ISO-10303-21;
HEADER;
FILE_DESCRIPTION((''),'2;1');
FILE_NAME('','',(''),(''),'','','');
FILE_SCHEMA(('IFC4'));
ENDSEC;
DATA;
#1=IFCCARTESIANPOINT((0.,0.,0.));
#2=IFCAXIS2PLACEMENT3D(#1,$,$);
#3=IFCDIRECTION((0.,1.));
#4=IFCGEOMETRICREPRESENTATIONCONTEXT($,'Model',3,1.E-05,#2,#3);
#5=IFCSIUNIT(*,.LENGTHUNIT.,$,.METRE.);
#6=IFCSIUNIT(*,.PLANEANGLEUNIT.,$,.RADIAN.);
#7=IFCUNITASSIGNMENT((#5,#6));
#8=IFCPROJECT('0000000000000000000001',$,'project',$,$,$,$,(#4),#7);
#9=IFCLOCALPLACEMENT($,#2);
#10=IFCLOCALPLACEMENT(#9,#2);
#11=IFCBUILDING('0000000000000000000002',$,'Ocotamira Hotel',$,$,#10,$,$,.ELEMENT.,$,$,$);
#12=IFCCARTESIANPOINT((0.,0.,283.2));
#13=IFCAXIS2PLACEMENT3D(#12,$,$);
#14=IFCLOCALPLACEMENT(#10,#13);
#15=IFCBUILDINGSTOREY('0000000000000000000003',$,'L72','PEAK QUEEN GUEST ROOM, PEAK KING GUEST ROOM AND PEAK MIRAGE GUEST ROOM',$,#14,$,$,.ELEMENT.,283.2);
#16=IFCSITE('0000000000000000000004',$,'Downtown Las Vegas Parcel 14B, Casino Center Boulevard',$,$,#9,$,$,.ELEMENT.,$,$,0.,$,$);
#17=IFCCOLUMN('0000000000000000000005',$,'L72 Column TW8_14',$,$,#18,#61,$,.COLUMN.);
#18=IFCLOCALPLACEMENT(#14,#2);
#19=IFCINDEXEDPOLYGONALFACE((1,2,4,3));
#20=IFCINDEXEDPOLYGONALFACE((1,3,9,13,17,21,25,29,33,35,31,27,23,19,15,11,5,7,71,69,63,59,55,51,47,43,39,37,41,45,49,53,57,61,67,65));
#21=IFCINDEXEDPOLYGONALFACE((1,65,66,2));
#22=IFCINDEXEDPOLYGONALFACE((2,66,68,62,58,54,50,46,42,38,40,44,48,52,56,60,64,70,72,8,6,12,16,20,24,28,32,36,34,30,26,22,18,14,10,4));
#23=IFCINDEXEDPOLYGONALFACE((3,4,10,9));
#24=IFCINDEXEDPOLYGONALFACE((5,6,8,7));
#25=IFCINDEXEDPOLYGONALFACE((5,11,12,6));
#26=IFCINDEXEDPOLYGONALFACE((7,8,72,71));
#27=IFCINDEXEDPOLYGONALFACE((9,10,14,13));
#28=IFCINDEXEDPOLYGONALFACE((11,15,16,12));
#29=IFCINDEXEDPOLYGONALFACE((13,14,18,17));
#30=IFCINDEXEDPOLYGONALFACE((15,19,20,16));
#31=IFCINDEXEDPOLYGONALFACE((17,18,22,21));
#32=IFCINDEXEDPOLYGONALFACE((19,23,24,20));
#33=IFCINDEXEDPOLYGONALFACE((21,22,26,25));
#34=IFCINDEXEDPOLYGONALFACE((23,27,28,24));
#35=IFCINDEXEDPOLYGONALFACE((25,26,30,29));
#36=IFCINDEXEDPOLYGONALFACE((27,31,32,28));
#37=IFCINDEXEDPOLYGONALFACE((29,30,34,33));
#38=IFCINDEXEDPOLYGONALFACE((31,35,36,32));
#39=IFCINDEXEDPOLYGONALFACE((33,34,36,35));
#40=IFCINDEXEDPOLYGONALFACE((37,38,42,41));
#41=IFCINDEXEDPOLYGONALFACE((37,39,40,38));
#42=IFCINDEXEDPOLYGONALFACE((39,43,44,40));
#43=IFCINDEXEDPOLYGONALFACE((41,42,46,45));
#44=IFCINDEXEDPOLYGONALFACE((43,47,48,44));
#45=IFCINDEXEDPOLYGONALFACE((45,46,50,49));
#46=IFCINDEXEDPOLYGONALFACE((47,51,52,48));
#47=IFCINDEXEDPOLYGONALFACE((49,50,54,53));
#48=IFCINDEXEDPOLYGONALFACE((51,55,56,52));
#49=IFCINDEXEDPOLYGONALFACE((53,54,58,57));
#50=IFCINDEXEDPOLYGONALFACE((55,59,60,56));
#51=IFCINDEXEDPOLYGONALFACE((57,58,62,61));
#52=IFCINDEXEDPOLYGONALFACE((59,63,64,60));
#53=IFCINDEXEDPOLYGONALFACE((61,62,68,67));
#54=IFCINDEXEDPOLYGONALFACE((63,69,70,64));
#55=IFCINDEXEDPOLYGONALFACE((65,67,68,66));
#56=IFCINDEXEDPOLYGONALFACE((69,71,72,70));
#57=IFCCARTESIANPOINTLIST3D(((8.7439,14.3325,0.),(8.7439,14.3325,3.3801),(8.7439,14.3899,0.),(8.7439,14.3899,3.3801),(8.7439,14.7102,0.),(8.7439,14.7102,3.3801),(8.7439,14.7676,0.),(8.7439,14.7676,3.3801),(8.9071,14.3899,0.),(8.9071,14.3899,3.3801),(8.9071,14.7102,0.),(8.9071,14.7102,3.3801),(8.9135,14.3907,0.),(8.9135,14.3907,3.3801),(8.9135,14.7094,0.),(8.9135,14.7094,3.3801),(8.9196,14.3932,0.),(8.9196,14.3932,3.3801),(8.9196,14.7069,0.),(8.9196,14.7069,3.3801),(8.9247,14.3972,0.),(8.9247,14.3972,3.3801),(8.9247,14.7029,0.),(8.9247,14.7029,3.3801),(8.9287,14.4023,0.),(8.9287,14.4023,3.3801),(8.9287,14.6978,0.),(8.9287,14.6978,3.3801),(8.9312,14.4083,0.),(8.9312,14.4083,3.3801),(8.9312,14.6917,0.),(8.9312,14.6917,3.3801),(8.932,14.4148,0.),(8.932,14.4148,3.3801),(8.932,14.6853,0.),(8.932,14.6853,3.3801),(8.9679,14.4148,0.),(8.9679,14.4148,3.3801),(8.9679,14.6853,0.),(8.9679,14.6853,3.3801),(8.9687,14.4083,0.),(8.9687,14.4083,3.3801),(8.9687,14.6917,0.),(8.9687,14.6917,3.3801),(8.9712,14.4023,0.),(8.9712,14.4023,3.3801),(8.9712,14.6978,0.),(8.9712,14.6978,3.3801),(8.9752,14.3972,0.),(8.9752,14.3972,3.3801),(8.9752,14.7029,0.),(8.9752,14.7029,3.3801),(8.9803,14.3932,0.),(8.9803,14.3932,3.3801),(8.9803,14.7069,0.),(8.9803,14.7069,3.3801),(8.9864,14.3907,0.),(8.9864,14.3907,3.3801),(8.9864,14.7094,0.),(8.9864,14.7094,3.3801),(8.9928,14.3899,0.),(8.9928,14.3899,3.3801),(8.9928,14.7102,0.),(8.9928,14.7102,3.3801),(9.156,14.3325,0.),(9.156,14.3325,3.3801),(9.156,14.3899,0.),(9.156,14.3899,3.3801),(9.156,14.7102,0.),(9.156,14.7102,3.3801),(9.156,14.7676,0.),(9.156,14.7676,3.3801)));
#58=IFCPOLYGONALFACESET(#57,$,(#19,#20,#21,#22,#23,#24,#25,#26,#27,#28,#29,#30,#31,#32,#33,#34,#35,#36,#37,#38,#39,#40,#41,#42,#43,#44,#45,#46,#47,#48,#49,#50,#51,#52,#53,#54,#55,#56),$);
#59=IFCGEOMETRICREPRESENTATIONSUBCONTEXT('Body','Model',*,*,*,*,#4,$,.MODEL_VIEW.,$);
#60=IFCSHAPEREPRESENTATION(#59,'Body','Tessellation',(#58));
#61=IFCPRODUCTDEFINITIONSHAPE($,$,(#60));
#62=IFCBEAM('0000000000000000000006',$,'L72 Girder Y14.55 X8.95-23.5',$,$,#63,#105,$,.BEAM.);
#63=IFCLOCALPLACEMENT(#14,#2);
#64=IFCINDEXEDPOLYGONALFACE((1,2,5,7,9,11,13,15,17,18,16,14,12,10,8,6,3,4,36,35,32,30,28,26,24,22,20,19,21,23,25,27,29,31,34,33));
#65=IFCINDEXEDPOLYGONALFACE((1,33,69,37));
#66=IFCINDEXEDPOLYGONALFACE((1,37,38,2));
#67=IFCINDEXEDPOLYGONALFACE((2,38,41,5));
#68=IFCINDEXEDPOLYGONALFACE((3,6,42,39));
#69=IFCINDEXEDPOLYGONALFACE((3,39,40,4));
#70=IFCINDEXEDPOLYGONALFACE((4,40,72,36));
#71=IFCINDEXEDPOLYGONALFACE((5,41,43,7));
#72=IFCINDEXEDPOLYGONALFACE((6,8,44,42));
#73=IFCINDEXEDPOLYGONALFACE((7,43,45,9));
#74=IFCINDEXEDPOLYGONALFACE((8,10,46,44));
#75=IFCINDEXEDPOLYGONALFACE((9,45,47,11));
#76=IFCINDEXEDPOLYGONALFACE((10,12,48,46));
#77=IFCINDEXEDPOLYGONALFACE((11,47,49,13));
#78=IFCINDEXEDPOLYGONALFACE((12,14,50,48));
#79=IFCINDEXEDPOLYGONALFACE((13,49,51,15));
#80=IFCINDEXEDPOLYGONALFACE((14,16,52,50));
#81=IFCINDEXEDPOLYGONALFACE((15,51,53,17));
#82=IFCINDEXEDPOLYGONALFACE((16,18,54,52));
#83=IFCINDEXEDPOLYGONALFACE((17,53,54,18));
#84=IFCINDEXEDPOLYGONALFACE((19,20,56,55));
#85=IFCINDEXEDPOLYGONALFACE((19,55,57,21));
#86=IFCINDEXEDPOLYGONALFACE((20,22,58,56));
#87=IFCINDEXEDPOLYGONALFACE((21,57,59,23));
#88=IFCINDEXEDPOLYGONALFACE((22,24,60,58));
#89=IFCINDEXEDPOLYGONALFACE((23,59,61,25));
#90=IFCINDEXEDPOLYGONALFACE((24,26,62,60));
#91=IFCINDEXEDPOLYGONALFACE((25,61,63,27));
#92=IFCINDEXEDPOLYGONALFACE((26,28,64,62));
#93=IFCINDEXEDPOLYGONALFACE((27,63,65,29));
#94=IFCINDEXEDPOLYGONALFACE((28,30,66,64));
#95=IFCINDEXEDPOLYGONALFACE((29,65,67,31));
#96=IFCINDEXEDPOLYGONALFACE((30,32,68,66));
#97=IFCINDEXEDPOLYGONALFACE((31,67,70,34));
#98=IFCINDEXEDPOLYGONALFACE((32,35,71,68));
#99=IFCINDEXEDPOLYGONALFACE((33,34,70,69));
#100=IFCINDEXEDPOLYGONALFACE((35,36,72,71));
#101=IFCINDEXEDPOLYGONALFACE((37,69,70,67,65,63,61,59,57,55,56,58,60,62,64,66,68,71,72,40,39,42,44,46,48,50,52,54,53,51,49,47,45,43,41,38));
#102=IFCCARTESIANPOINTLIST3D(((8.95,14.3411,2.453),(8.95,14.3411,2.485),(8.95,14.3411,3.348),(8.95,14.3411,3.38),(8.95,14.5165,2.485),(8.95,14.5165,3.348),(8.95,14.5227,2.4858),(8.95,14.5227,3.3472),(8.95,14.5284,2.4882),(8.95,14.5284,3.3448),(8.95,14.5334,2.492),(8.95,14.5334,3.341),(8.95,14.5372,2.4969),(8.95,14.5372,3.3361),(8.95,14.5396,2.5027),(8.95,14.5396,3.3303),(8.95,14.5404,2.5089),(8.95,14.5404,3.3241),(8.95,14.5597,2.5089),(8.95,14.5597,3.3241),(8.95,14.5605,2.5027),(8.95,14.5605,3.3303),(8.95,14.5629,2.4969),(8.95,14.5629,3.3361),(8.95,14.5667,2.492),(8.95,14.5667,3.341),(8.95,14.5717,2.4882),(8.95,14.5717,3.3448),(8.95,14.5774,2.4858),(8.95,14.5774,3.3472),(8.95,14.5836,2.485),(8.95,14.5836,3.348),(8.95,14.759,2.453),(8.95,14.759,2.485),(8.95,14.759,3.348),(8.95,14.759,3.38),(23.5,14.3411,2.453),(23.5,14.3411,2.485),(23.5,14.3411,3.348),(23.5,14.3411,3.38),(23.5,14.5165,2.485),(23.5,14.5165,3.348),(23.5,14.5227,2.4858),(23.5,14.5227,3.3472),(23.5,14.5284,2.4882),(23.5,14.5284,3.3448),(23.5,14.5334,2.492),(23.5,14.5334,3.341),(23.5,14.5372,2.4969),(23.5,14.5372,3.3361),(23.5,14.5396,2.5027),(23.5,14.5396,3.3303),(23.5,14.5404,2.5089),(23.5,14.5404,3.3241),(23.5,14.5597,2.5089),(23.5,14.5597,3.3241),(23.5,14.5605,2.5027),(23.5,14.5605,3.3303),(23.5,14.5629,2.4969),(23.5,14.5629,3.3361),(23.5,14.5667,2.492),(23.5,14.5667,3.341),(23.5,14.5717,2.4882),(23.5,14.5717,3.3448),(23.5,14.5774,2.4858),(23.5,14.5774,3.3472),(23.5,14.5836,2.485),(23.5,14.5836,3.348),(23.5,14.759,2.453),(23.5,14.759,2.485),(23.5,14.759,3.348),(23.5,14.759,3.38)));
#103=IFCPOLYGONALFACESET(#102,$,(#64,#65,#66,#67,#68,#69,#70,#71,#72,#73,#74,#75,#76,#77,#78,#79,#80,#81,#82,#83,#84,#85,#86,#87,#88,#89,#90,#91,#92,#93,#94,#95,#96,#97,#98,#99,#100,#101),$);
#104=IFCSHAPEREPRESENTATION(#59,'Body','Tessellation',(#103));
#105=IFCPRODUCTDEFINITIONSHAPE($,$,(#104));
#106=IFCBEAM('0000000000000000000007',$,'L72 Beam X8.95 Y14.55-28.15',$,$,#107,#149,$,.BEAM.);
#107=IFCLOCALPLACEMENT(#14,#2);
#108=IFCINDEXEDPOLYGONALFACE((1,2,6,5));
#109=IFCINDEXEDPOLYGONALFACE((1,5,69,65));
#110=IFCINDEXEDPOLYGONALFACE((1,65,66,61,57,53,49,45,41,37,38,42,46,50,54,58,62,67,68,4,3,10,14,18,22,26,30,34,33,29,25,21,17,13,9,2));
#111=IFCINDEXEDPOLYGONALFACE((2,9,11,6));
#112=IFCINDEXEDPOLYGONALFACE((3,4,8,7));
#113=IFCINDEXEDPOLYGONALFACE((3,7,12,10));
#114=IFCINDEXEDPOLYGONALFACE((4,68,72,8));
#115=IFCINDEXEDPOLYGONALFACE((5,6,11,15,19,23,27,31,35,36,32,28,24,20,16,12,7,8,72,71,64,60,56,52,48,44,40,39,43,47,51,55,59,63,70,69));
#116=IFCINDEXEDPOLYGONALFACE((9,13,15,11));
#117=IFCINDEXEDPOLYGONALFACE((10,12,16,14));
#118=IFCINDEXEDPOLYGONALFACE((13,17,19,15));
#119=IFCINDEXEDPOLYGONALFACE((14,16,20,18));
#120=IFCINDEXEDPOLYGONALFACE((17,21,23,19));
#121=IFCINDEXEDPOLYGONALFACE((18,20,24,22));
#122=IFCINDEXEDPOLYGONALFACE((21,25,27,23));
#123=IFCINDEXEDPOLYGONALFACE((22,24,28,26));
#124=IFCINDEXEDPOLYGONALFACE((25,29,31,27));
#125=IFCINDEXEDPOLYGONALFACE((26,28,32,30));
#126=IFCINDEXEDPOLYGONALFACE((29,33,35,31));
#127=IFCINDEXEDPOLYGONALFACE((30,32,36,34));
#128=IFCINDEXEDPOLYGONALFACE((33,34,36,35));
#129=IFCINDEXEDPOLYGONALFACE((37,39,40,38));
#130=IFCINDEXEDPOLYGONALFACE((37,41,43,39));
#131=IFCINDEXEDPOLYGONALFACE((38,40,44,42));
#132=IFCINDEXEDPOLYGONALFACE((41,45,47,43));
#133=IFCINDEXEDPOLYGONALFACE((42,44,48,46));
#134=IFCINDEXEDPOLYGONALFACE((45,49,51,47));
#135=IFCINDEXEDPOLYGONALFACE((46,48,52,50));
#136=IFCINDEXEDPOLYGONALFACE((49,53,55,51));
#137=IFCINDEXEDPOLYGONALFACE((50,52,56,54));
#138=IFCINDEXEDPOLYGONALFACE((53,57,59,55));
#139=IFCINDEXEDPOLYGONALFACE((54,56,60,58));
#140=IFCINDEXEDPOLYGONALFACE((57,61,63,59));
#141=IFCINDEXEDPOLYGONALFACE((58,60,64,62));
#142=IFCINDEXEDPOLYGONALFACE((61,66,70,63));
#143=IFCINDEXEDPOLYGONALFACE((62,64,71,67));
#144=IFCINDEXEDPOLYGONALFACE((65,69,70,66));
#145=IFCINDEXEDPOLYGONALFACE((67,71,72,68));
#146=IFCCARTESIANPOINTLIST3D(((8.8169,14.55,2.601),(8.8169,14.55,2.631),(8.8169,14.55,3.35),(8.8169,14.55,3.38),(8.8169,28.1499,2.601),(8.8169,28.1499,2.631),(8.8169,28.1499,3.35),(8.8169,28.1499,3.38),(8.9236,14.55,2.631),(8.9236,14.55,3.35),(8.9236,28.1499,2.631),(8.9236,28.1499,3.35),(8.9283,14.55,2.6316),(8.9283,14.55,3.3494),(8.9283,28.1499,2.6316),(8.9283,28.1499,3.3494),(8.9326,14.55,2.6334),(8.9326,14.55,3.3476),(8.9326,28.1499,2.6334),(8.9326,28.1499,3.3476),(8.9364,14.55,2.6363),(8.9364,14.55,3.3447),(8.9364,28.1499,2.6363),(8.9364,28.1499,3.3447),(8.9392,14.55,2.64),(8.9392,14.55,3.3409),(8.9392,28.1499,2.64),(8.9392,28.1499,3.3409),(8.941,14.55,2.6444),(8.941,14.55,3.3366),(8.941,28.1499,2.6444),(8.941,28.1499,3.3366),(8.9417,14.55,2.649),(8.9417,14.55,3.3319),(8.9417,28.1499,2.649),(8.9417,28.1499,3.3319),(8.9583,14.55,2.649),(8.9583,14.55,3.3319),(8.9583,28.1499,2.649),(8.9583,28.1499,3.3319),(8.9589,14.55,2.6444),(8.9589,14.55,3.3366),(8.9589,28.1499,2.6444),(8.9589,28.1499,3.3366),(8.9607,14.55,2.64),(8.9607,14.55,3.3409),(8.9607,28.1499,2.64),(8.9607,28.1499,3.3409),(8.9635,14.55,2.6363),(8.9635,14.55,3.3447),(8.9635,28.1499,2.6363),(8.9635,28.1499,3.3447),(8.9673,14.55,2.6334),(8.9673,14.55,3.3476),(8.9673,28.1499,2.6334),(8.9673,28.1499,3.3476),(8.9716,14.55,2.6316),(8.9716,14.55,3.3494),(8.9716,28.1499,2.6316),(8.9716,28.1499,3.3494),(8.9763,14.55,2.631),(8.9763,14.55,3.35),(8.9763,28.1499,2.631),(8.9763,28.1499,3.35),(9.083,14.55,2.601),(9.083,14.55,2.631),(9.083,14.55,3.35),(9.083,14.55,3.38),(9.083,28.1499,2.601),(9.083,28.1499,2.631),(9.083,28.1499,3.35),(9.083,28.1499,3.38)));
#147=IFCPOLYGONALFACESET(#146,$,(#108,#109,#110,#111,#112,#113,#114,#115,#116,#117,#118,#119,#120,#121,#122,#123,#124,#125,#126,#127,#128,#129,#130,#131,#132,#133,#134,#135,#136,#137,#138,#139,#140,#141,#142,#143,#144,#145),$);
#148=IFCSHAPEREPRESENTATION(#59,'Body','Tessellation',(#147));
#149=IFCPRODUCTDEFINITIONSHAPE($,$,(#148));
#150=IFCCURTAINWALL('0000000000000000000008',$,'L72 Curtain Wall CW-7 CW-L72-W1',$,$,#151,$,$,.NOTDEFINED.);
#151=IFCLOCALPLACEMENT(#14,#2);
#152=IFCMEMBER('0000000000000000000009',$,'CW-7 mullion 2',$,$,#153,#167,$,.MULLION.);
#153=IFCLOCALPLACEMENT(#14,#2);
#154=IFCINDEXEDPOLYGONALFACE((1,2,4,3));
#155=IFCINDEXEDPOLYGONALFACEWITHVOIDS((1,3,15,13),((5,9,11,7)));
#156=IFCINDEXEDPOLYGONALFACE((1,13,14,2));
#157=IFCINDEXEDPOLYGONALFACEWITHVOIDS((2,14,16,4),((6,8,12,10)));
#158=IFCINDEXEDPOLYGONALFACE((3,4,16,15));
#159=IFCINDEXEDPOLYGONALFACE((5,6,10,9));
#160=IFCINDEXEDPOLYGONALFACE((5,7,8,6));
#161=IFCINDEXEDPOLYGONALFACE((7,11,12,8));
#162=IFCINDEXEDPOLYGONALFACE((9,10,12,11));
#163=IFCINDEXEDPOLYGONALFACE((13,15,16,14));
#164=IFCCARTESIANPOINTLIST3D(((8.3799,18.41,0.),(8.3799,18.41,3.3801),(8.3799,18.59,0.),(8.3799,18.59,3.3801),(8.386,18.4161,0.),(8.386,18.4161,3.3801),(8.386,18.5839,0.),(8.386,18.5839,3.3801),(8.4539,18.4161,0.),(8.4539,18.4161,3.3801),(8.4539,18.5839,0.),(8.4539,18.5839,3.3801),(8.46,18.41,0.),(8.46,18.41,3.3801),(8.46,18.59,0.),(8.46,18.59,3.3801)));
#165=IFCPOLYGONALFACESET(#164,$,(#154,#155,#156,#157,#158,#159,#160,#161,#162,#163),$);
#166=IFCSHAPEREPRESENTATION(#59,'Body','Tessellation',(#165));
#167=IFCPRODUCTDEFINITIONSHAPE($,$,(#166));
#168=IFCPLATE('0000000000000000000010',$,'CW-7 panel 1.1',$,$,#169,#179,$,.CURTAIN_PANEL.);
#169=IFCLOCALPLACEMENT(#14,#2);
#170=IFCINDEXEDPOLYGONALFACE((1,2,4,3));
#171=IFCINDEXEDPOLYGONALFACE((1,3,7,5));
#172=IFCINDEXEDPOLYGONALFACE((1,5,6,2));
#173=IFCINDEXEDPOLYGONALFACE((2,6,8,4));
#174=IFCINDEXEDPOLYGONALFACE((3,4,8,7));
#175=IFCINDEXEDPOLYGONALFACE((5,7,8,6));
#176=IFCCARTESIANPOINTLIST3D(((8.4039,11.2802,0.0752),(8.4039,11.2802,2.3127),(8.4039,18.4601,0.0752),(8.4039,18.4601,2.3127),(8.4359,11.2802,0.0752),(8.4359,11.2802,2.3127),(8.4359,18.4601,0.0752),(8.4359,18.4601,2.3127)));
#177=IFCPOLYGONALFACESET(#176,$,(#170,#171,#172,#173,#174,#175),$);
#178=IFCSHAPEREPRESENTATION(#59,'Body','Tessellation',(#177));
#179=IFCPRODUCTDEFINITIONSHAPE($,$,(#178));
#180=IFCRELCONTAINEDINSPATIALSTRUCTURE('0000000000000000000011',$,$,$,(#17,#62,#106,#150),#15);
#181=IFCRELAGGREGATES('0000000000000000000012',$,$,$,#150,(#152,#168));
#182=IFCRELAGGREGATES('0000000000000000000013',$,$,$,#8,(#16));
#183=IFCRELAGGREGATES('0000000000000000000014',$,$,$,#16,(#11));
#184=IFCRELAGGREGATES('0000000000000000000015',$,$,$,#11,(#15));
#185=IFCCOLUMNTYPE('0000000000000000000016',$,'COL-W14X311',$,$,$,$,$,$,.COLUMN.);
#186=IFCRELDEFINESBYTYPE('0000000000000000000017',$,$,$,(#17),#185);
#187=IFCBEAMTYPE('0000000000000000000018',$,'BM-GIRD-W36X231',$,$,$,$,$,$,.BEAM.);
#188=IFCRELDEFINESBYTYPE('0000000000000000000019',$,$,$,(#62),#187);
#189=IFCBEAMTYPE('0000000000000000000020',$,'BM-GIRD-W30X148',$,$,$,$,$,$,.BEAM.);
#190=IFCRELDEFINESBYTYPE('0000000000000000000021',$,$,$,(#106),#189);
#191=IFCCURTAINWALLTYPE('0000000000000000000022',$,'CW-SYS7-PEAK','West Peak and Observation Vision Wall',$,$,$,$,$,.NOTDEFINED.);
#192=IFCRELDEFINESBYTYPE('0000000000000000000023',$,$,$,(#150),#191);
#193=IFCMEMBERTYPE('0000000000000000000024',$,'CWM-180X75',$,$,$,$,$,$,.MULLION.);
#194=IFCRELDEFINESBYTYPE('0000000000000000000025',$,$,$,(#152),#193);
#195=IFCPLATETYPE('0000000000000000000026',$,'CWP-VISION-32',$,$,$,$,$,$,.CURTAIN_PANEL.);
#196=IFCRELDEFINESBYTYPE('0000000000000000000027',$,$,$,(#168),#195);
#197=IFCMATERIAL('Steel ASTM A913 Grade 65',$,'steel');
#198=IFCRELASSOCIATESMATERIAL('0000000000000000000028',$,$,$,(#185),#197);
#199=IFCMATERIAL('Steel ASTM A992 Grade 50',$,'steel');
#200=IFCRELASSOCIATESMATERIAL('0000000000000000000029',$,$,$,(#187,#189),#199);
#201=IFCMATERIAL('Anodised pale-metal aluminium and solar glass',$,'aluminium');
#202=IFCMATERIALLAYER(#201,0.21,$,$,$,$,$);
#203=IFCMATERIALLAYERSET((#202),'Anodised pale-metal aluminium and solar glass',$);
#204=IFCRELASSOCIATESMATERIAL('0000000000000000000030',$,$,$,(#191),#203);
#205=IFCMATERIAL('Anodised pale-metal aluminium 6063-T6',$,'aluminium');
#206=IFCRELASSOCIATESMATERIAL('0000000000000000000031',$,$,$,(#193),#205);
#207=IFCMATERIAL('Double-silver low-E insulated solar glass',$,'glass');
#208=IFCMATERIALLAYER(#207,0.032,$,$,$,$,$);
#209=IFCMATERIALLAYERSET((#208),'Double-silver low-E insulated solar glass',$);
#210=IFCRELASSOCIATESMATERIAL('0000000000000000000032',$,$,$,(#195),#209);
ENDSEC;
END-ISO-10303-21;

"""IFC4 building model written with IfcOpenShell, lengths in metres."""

from ifc_helpers import new_model, si_unit, direction, frame, origin, origin_2d, place, context, subcontext, project, spatial, rectangle, hollow_rectangle, i_section, extrude, source, transform, mapped, material, layer, layer_set, material_profile, profile_set, type_object, element, aggregate, save


model = new_model("IFC4")

# Units and contexts
model_context = context("Model", 3, precision=1e-05, world=origin(), true_north=direction((0.0, 1.0)))
body_context = subcontext(model_context, "Body", "Model", "MODEL_VIEW")
ifc_project = project(units=[si_unit("LENGTHUNIT", "METRE"), si_unit("PLANEANGLEUNIT", "RADIAN")], contexts=[model_context])

# Site, building, storey
site_placement = place(None, origin())
site = spatial("IfcSite", under=ifc_project, at=site_placement, Name="Downtown Las Vegas Parcel 14B, Casino Center Boulevard", CompositionType="ELEMENT", RefElevation=0.0)
building_placement = place(site_placement, origin())
building = spatial("IfcBuilding", under=site, at=building_placement, Name="Ocotamira Hotel", CompositionType="ELEMENT")
storey_placement = place(building_placement, frame((0.0, 0.0, 283.2)))
storey = spatial("IfcBuildingStorey", under=building, at=storey_placement, Name="L72", Description="PEAK QUEEN GUEST ROOM, PEAK KING GUEST ROOM AND PEAK MIRAGE GUEST ROOM", CompositionType="ELEMENT", Elevation=283.2)

# Column
ifc_material_1 = material(Name="Steel ASTM A913 Grade 65", Category="steel")
ifc_material_profile_1 = material_profile(ifc_material_1, i_section(OverallWidth=0.4121, OverallDepth=0.4351, WebThickness=0.0359, FlangeThickness=0.0574, FilletRadius=0.0249, at=origin_2d()), Name="W14X311")
ifc_profile_set_1 = profile_set([ifc_material_profile_1], Name="Steel ASTM A913 Grade 65")
column_type = type_object("IfcColumnType", Name="COL-W14X311", PredefinedType="COLUMN", material=ifc_profile_set_1)
shared_shape_1 = source(origin(), body_context, "Body", "SweptSolid", [
    extrude(i_section(OverallWidth=0.4121, OverallDepth=0.4351, WebThickness=0.0359, FlangeThickness=0.0574, FilletRadius=0.0249, at=origin_2d()), origin(), (0.0, 0.0, 1.0), 3.3801),
])
column_placement = place(storey_placement, frame((8.95, 14.55, 0.0), z_axis=(0.0, 0.0, 1.0), x_axis=(1.0, 0.0, 0.0)))
element("IfcColumn", 1, at=column_placement, inside=storey, type_object=column_type, Name="L72 Column TW8_14", PredefinedType="COLUMN", context=body_context, shape_type="MappedRepresentation", body=[
    mapped(shared_shape_1, transform((0.0, 0.0, 0.0), scale=1.0)),
])

# Beams
ifc_material_2 = material(Name="Steel ASTM A992 Grade 50", Category="steel")
ifc_material_profile_2 = material_profile(ifc_material_2, i_section(OverallWidth=0.418, OverallDepth=0.927, WebThickness=0.0193, FlangeThickness=0.032, FilletRadius=0.0239, at=origin_2d()), Name="W36X231")
ifc_profile_set_2 = profile_set([ifc_material_profile_2], Name="Steel ASTM A992 Grade 50")
beam_type_1 = type_object("IfcBeamType", Name="BM-GIRD-W36X231", PredefinedType="BEAM", material=ifc_profile_set_2)
shared_shape_2 = source(origin(), body_context, "Body", "SweptSolid", [
    extrude(i_section(OverallWidth=0.418, OverallDepth=0.927, WebThickness=0.0193, FlangeThickness=0.032, FilletRadius=0.0239, at=origin_2d()), origin(), (0.0, 0.0, 1.0), 14.55),
])
beam_1_placement = place(storey_placement, frame((8.95, 14.55, 2.9165), z_axis=(1.0, 0.0, 0.0), x_axis=(0.0, 1.0, 0.0)))
element("IfcBeam", 2, at=beam_1_placement, inside=storey, type_object=beam_type_1, Name="L72 Girder Y14.55 X8.95-23.5", PredefinedType="BEAM", context=body_context, shape_type="MappedRepresentation", body=[
    mapped(shared_shape_2, transform((0.0, 0.0, 0.0), scale=1.0)),
])
ifc_material_profile_3 = material_profile(ifc_material_2, i_section(OverallWidth=0.2661, OverallDepth=0.7791, WebThickness=0.0166, FlangeThickness=0.03, FilletRadius=0.0181, at=origin_2d()), Name="W30X148")
ifc_profile_set_3 = profile_set([ifc_material_profile_3], Name="Steel ASTM A992 Grade 50")
beam_type_2 = type_object("IfcBeamType", Name="BM-GIRD-W30X148", PredefinedType="BEAM", material=ifc_profile_set_3)
shared_shape_3 = source(origin(), body_context, "Body", "SweptSolid", [
    extrude(i_section(OverallWidth=0.2661, OverallDepth=0.7791, WebThickness=0.0166, FlangeThickness=0.03, FilletRadius=0.0181, at=origin_2d()), origin(), (0.0, 0.0, 1.0), 13.5999),
])
beam_2_placement = place(storey_placement, frame((8.95, 14.55, 2.9905), z_axis=(0.0, 1.0, 0.0), x_axis=(-1.0, 0.0, 0.0)))
element("IfcBeam", 3, at=beam_2_placement, inside=storey, type_object=beam_type_2, Name="L72 Beam X8.95 Y14.55-28.15", PredefinedType="BEAM", context=body_context, shape_type="MappedRepresentation", body=[
    mapped(shared_shape_3, transform((0.0, 0.0, 0.0), scale=1.0)),
])

# Curtain wall, member, plate
ifc_material_3 = material(Name="Anodised pale-metal aluminium and solar glass", Category="aluminium")
ifc_layer_1 = layer(ifc_material_3, 0.21)
ifc_layer_set_1 = layer_set([ifc_layer_1], Name="Anodised pale-metal aluminium and solar glass")
curtain_wall_type = type_object("IfcCurtainWallType", Name="CW-SYS7-PEAK", Description="West Peak and Observation Vision Wall", PredefinedType="NOTDEFINED", material=ifc_layer_set_1)
curtain_wall_placement = place(storey_placement, origin())
curtain_wall = element("IfcCurtainWall", 4, at=curtain_wall_placement, inside=storey, type_object=curtain_wall_type, Name="L72 Curtain Wall CW-7 CW-L72-W1", PredefinedType="NOTDEFINED")
ifc_material_4 = material(Name="Anodised pale-metal aluminium 6063-T6", Category="aluminium")
ifc_material_profile_4 = material_profile(ifc_material_4, hollow_rectangle(XDim=0.0801, YDim=0.1799, WallThickness=0.0061, at=origin_2d()), Name="HSS180X80X6")
ifc_profile_set_4 = profile_set([ifc_material_profile_4], Name="Anodised pale-metal aluminium 6063-T6")
member_type = type_object("IfcMemberType", Name="CWM-180X75", PredefinedType="MULLION", material=ifc_profile_set_4)
shared_shape_4 = source(origin(), body_context, "Body", "SweptSolid", [
    extrude(hollow_rectangle(XDim=0.0801, YDim=0.1799, WallThickness=0.0061, at=origin_2d()), origin(), (0.0, 0.0, 1.0), 3.3801),
])
member_placement = place(storey_placement, frame((8.4199, 18.5, 0.0), z_axis=(0.0, 0.0, 1.0), x_axis=(-1.0, 0.0, 0.0)))
member = element("IfcMember", 5, at=member_placement, type_object=member_type, Name="CW-7 mullion 2", PredefinedType="MULLION", context=body_context, shape_type="MappedRepresentation", body=[
    mapped(shared_shape_4, transform((0.0, 0.0, 0.0), scale=1.0)),
])
ifc_material_5 = material(Name="Double-silver low-E insulated solar glass", Category="glass")
ifc_layer_2 = layer(ifc_material_5, 0.032)
ifc_layer_set_2 = layer_set([ifc_layer_2], Name="Double-silver low-E insulated solar glass")
plate_type = type_object("IfcPlateType", Name="CWP-VISION-32", PredefinedType="CURTAIN_PANEL", material=ifc_layer_set_2)
shared_shape_5 = source(origin(), body_context, "Body", "SweptSolid", [
    extrude(rectangle(XDim=7.1799, YDim=0.032, at=origin_2d()), origin(), (0.0, 0.0, 1.0), 2.2375),
])
plate_1_placement = place(storey_placement, frame((8.4199, 14.8701, 0.0752), z_axis=(0.0, 0.0, 1.0), x_axis=(0.0, 1.0, 0.0)))
plate_1 = element("IfcPlate", 6, at=plate_1_placement, type_object=plate_type, Name="CW-7 panel 1.1", PredefinedType="CURTAIN_PANEL", context=body_context, shape_type="MappedRepresentation", body=[
    mapped(shared_shape_5, transform((0.0, 0.0, 0.0), scale=1.0)),
])
aggregate(curtain_wall, [member, plate_1])

save(model, "model.ifc")
